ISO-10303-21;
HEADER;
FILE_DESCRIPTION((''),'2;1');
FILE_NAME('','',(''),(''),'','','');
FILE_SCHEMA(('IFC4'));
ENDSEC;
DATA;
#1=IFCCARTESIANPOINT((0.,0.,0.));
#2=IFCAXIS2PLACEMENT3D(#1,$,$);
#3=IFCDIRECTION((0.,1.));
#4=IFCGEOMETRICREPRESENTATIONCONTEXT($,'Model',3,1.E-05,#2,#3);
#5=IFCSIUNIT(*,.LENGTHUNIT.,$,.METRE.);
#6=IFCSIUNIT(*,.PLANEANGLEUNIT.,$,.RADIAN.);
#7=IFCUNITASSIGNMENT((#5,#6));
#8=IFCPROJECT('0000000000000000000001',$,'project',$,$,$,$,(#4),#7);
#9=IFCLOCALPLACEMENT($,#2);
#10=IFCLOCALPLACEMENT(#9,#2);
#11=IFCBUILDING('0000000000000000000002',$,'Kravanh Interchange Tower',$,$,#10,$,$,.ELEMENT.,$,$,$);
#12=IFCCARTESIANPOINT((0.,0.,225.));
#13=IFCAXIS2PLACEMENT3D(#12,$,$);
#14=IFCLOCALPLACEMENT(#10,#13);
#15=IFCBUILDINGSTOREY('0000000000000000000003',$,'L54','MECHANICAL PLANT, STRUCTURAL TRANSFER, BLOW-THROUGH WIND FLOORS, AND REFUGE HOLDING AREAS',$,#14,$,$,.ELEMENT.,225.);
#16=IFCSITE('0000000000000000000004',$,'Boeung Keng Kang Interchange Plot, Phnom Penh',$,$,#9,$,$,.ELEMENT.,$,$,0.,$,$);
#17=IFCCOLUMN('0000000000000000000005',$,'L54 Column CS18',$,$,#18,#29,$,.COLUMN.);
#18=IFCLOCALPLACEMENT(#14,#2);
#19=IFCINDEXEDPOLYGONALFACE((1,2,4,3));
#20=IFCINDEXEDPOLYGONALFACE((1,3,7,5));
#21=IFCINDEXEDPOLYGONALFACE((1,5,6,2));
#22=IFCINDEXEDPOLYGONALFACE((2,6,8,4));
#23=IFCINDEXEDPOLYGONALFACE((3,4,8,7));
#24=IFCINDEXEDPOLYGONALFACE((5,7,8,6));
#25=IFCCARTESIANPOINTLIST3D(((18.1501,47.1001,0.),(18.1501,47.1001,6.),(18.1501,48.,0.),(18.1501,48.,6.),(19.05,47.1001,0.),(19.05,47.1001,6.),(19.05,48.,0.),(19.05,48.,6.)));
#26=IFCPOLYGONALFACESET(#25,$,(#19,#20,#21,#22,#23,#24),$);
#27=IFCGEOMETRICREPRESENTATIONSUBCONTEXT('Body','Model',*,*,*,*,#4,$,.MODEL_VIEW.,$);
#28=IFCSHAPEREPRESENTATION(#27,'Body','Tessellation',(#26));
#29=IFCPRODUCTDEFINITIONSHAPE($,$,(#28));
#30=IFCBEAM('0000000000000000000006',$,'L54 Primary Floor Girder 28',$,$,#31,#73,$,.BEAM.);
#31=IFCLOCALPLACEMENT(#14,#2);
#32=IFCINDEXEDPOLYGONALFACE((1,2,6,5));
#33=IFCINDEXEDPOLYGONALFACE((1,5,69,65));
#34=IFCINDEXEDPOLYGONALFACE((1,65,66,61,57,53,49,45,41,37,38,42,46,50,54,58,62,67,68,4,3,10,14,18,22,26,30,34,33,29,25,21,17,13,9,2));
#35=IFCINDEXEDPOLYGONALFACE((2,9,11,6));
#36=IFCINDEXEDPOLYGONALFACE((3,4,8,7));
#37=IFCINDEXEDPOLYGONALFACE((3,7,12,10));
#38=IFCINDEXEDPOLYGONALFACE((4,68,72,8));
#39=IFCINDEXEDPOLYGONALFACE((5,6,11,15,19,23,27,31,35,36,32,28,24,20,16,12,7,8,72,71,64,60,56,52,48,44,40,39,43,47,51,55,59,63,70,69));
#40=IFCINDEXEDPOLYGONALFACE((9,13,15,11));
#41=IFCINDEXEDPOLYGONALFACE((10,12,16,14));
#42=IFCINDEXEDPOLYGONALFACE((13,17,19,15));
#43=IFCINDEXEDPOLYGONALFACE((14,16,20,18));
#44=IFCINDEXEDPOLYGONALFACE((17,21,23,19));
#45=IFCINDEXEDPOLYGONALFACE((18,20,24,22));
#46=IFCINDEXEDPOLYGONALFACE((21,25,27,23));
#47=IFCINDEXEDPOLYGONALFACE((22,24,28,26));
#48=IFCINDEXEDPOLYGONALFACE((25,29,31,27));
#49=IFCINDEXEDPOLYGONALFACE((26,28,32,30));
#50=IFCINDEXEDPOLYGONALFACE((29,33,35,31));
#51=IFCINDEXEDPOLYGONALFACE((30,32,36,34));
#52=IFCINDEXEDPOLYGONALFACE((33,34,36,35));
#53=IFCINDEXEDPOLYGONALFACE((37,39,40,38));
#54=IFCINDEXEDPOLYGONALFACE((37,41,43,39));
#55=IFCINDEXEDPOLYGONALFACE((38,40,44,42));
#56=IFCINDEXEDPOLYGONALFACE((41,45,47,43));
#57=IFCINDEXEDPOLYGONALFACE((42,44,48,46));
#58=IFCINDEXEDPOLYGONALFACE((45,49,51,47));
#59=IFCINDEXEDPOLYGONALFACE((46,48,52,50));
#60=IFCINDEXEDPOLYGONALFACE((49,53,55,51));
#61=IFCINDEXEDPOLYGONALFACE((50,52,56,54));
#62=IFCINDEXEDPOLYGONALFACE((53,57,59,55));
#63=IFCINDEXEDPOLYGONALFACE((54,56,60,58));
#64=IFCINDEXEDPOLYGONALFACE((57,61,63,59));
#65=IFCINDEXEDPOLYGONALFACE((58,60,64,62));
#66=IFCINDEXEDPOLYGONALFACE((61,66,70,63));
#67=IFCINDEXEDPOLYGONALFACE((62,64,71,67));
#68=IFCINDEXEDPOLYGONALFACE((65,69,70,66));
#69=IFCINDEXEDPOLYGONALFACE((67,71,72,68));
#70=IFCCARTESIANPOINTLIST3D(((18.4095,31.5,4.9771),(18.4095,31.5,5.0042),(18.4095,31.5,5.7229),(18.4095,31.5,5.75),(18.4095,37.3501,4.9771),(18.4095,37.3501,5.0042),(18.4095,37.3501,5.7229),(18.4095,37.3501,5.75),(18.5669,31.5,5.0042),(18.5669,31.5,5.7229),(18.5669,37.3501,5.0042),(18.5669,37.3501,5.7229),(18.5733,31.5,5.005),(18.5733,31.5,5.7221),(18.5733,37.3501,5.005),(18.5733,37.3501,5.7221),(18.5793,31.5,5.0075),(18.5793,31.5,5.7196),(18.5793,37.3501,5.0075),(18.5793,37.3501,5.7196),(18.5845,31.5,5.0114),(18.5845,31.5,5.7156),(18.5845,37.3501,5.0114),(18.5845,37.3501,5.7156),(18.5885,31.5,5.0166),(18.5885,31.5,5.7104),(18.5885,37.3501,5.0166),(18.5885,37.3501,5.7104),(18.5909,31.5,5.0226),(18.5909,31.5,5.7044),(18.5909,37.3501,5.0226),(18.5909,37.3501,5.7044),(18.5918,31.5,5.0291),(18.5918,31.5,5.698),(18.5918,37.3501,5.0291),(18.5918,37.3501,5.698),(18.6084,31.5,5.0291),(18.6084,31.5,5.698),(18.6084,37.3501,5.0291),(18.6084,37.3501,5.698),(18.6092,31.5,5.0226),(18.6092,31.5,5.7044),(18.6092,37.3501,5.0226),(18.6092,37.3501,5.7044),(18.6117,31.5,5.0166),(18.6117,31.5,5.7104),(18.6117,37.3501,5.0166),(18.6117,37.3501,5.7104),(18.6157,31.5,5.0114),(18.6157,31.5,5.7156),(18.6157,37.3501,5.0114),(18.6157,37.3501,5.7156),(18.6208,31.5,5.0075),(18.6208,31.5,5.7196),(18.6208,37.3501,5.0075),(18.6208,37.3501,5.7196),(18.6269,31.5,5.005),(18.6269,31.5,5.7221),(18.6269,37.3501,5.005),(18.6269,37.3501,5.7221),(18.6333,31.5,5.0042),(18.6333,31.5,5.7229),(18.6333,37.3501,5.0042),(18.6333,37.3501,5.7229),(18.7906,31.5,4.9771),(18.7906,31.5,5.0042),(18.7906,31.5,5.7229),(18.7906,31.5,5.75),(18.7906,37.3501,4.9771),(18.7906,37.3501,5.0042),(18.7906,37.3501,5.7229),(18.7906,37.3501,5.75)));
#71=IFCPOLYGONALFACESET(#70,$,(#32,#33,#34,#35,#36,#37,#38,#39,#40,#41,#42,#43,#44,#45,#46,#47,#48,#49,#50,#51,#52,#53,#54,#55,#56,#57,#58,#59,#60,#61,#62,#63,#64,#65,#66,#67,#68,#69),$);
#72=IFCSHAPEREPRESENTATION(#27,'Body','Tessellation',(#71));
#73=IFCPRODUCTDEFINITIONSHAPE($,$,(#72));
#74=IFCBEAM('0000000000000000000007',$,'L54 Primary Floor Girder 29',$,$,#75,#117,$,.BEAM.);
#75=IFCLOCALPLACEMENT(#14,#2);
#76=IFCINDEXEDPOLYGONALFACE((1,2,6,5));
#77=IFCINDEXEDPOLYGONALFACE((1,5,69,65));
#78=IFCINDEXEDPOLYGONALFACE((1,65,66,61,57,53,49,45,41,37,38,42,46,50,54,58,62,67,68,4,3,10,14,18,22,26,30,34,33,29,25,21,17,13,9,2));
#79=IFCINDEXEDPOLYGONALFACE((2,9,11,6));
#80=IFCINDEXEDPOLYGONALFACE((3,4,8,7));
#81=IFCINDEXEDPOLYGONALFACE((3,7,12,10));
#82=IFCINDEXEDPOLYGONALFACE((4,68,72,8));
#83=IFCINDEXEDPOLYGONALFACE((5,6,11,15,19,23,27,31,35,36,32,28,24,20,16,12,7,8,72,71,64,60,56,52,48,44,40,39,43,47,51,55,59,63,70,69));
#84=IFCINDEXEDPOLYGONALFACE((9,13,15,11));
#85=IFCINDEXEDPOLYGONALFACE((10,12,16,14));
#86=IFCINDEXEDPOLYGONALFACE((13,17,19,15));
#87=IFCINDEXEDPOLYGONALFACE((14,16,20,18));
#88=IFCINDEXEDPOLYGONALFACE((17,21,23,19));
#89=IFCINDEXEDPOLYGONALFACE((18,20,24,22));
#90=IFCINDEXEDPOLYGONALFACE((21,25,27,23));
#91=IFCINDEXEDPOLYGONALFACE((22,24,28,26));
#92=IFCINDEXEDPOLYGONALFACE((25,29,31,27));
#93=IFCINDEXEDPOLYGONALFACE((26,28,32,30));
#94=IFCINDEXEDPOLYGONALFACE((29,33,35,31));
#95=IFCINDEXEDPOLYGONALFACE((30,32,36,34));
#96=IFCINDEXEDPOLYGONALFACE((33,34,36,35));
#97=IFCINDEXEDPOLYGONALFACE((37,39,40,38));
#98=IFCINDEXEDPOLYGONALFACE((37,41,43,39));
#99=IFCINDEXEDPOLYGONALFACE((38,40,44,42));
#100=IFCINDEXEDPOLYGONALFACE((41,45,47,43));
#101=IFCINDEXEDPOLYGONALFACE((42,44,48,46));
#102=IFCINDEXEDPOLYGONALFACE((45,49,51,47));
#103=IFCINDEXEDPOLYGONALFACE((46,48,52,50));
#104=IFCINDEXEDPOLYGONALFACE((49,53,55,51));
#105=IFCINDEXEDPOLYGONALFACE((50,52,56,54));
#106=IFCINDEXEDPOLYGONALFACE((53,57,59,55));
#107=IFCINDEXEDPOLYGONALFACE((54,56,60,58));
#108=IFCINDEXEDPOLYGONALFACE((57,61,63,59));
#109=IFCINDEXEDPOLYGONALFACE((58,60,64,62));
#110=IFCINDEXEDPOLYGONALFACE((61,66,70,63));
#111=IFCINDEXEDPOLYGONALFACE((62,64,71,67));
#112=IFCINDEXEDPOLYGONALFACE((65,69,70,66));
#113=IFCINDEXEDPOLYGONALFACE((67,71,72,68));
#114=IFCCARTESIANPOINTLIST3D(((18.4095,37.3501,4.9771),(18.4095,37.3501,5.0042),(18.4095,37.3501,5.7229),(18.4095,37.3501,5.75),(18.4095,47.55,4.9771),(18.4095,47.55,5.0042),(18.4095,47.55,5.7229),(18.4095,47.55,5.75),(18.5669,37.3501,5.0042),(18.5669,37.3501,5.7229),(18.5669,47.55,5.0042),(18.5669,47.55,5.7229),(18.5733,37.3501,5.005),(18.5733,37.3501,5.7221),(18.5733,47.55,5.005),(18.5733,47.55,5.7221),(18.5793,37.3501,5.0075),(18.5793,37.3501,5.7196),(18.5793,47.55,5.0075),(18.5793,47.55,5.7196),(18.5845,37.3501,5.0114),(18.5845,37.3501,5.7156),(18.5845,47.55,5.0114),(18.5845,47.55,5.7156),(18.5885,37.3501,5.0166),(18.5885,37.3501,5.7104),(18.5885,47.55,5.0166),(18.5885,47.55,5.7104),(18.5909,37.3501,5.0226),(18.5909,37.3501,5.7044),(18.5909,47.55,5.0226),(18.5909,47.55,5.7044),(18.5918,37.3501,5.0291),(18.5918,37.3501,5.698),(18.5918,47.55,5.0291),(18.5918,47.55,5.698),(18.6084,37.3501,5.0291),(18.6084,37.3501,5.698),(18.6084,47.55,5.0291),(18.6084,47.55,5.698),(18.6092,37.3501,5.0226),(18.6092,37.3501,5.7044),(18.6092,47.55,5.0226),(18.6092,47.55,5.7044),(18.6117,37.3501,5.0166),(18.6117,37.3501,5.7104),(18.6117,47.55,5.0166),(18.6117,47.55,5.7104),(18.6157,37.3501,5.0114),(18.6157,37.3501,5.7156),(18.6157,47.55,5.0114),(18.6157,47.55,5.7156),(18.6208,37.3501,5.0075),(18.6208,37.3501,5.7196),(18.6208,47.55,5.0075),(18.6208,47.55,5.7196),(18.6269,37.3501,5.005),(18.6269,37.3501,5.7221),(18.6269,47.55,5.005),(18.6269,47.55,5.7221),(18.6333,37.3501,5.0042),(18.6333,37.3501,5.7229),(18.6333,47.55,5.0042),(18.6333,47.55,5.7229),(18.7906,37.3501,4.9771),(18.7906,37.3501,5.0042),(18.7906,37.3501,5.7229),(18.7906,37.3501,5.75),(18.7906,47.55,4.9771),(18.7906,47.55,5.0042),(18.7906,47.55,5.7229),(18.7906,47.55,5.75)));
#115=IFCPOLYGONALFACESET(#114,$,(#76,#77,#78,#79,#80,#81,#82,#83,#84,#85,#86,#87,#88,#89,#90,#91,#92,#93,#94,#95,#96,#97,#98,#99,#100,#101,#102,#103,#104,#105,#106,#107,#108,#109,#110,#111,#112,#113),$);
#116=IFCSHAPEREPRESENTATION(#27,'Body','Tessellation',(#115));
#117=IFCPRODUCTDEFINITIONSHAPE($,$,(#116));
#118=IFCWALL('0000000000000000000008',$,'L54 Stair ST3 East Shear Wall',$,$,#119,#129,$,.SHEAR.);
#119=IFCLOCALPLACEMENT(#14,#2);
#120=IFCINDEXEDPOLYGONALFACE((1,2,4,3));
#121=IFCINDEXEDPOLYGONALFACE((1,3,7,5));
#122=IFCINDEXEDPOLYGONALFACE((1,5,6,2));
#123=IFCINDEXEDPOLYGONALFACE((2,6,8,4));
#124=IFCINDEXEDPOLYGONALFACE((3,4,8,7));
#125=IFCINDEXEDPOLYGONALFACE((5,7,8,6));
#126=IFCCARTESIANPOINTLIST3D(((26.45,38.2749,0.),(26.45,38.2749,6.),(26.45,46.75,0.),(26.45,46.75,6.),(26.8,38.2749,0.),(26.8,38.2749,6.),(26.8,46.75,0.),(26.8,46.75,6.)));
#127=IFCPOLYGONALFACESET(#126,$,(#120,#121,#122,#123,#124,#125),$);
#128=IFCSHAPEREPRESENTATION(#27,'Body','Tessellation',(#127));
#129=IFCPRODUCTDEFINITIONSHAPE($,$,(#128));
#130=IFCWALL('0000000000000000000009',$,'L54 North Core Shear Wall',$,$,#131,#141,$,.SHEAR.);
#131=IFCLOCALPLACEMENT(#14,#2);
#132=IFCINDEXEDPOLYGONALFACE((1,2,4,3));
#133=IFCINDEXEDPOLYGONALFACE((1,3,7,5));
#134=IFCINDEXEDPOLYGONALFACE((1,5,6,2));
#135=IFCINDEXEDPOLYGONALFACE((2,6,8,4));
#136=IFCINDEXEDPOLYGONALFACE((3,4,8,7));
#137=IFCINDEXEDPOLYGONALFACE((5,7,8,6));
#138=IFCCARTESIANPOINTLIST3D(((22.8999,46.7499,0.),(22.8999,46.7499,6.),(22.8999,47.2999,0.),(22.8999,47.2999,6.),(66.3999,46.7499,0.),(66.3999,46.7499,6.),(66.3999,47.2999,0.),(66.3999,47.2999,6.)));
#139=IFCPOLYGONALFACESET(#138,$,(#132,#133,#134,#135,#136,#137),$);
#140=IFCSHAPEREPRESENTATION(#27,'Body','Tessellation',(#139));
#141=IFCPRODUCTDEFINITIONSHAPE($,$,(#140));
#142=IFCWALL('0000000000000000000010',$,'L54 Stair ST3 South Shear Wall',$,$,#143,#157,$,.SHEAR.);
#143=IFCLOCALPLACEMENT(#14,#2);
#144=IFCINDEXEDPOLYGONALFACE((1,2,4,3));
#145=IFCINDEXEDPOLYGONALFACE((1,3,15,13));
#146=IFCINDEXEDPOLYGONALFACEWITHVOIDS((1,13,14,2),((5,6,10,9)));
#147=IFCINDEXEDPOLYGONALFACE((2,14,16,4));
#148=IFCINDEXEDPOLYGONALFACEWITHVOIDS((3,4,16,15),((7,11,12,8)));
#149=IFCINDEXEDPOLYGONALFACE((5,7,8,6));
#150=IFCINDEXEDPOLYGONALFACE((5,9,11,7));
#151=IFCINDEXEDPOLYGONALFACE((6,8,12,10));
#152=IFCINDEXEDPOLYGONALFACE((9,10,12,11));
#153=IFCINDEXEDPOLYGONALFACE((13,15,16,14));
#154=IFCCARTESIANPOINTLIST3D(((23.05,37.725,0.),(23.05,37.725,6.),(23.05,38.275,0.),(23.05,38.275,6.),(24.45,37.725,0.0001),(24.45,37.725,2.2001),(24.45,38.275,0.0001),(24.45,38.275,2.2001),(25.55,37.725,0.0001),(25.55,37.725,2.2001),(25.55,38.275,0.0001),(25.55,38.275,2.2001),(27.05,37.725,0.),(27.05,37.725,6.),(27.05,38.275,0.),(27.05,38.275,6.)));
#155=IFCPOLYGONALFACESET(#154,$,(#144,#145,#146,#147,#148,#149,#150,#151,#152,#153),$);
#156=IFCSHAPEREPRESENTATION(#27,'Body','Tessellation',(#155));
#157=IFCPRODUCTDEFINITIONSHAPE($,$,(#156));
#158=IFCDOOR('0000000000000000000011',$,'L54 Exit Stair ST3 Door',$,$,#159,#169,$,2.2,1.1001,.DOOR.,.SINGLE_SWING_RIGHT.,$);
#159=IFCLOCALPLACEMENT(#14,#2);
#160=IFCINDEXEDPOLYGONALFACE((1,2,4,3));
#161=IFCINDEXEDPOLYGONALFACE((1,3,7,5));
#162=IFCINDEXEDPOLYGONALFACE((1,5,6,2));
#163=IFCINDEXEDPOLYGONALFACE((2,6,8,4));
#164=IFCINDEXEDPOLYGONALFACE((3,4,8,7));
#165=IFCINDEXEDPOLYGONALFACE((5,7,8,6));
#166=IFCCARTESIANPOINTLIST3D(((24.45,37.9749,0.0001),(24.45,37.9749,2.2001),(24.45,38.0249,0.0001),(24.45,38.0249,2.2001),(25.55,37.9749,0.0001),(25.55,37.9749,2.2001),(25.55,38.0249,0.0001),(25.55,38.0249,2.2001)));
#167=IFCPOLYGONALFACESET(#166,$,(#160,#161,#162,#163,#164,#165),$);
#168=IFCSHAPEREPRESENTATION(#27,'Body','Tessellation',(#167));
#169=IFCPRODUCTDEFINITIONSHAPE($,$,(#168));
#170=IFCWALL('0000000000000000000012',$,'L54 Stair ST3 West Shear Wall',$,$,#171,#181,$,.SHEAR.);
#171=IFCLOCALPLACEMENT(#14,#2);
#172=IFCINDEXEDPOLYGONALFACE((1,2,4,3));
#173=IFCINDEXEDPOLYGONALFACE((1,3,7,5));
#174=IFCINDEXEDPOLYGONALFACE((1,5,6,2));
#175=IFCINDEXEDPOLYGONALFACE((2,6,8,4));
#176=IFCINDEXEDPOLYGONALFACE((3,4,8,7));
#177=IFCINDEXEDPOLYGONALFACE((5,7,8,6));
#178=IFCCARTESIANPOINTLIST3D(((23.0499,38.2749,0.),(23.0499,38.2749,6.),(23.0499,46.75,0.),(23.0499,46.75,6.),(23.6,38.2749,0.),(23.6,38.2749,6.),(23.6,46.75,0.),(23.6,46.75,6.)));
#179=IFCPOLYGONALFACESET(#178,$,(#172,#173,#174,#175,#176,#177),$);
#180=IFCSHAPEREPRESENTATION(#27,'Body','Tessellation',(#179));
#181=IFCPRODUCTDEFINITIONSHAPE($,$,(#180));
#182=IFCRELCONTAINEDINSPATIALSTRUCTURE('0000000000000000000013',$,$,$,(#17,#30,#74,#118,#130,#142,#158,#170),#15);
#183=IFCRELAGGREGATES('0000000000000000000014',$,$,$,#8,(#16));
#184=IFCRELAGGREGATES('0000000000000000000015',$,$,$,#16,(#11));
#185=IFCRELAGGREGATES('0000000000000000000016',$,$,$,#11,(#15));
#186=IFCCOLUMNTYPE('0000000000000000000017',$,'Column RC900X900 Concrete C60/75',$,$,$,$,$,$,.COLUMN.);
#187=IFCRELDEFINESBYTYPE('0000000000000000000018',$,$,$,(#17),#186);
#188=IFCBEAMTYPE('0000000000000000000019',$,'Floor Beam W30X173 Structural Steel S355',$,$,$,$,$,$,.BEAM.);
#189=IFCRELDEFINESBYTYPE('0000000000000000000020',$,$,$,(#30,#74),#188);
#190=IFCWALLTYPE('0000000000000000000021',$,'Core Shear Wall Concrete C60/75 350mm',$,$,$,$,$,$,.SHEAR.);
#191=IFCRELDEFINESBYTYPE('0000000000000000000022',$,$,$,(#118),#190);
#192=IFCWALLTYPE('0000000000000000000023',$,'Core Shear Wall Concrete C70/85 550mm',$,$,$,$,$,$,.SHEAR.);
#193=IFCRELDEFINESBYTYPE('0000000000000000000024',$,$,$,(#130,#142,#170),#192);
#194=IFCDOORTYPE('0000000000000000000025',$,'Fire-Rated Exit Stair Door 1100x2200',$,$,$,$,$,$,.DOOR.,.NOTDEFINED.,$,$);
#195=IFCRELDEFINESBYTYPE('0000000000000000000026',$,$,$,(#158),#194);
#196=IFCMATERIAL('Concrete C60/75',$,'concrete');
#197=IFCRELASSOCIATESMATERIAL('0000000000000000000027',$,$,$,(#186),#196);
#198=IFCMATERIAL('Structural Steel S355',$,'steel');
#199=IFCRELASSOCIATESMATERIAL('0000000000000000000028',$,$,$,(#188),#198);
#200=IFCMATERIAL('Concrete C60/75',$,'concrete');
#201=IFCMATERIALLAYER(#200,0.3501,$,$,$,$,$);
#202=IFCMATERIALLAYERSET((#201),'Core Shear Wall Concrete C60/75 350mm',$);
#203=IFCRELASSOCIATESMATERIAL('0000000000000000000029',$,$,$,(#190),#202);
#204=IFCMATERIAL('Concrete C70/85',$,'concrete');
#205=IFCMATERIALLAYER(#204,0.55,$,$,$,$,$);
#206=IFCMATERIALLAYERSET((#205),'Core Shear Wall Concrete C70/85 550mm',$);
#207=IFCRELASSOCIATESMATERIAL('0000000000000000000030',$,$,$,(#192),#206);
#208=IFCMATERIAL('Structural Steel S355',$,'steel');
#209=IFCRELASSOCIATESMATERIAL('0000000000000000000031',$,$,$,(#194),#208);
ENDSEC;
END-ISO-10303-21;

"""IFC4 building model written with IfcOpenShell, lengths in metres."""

from ifc_helpers import new_model, si_unit, direction, frame, frame_2d, origin, origin_2d, place, context, subcontext, project, spatial, rectangle, i_section, extrude, material, layer, layer_set, material_profile, profile_set, type_object, element, fill, save


model = new_model("IFC4")

# Units and contexts
model_context = context("Model", 3, precision=1e-05, world=origin(), true_north=direction((0.0, 1.0)))
body_context = subcontext(model_context, "Body", "Model", "MODEL_VIEW")
ifc_project = project(units=[si_unit("LENGTHUNIT", "METRE"), si_unit("PLANEANGLEUNIT", "RADIAN")], contexts=[model_context])

# Site, building, storey
site_placement = place(None, origin())
site = spatial("IfcSite", under=ifc_project, at=site_placement, Name="Boeung Keng Kang Interchange Plot, Phnom Penh", CompositionType="ELEMENT", RefElevation=0.0)
building_placement = place(site_placement, origin())
building = spatial("IfcBuilding", under=site, at=building_placement, Name="Kravanh Interchange Tower", CompositionType="ELEMENT")
storey_placement = place(building_placement, frame((0.0, 0.0, 225.0)))
storey = spatial("IfcBuildingStorey", under=building, at=storey_placement, Name="L54", Description="MECHANICAL PLANT, STRUCTURAL TRANSFER, BLOW-THROUGH WIND FLOORS, AND REFUGE HOLDING AREAS", CompositionType="ELEMENT", Elevation=225.0)

# Column
ifc_material_1 = material(Name="Concrete C60/75", Category="concrete")
ifc_material_profile_1 = material_profile(ifc_material_1, rectangle(XDim=0.8999, YDim=0.8999, at=origin_2d()), Name="RC900X900")
ifc_profile_set_1 = profile_set([ifc_material_profile_1], Name="Concrete C60/75")
column_type = type_object("IfcColumnType", Name="Column RC900X900 Concrete C60/75", PredefinedType="COLUMN", material=ifc_profile_set_1)
column_placement = place(storey_placement, frame((18.6001, 47.55, 0.0), z_axis=(0.0, 0.0, 1.0), x_axis=(1.0, 0.0, 0.0)))
element("IfcColumn", 1, at=column_placement, inside=storey, type_object=column_type, Name="L54 Column CS18", PredefinedType="COLUMN", context=body_context, shape_type="SweptSolid", body=[
    extrude(rectangle(XDim=0.8999, YDim=0.8999, at=origin_2d()), origin(), (0.0, 0.0, 1.0), 6.0),
])

# Beams
ifc_material_2 = material(Name="Structural Steel S355", Category="steel")
ifc_material_profile_2 = material_profile(ifc_material_2, i_section(OverallWidth=0.3811, OverallDepth=0.7729, WebThickness=0.0166, FlangeThickness=0.0271, FilletRadius=0.0249, at=origin_2d()), Name="W30X173")
ifc_profile_set_2 = profile_set([ifc_material_profile_2], Name="Structural Steel S355")
beam_type = type_object("IfcBeamType", Name="Floor Beam W30X173 Structural Steel S355", PredefinedType="BEAM", material=ifc_profile_set_2)
beam_1_placement = place(storey_placement, frame((18.6001, 37.3501, 5.3635), z_axis=(0.0, -1.0, 0.0), x_axis=(1.0, 0.0, 0.0)))
element("IfcBeam", 2, at=beam_1_placement, inside=storey, type_object=beam_type, Name="L54 Primary Floor Girder 28", PredefinedType="BEAM", context=body_context, shape_type="SweptSolid", body=[
    extrude(i_section(OverallWidth=0.3811, OverallDepth=0.7729, WebThickness=0.0166, FlangeThickness=0.0271, FilletRadius=0.0249, at=origin_2d()), origin(), (0.0, 0.0, 1.0), 5.8501),
])
beam_2_placement = place(storey_placement, frame((18.6001, 37.3501, 5.3635), z_axis=(0.0, 1.0, 0.0), x_axis=(-1.0, 0.0, 0.0)))
element("IfcBeam", 3, at=beam_2_placement, inside=storey, type_object=beam_type, Name="L54 Primary Floor Girder 29", PredefinedType="BEAM", context=body_context, shape_type="SweptSolid", body=[
    extrude(i_section(OverallWidth=0.3811, OverallDepth=0.7729, WebThickness=0.0166, FlangeThickness=0.0271, FilletRadius=0.0249, at=origin_2d()), origin(), (0.0, 0.0, 1.0), 10.2),
])

# Walls
ifc_material_3 = material(Name="Concrete C60/75", Category="concrete")
ifc_layer_1 = layer(ifc_material_3, 0.3501)
ifc_layer_set_1 = layer_set([ifc_layer_1], Name="Core Shear Wall Concrete C60/75 350mm")
wall_type_1 = type_object("IfcWallType", Name="Core Shear Wall Concrete C60/75 350mm", PredefinedType="SHEAR", material=ifc_layer_set_1)
wall_1_placement = place(storey_placement, frame((26.625, 38.2749, 0.0), z_axis=(0.0, 0.0, 1.0), x_axis=(0.0, 1.0, 0.0)))
element("IfcWall", 4, at=wall_1_placement, inside=storey, type_object=wall_type_1, Name="L54 Stair ST3 East Shear Wall", PredefinedType="SHEAR", context=body_context, shape_type="SweptSolid", body=[
    extrude(rectangle(XDim=8.4751, YDim=0.3501, at=frame_2d((4.2375, 0.0))), origin(), (0.0, 0.0, 1.0), 6.0),
])
ifc_material_4 = material(Name="Concrete C70/85", Category="concrete")
ifc_layer_2 = layer(ifc_material_4, 0.55)
ifc_layer_set_2 = layer_set([ifc_layer_2], Name="Core Shear Wall Concrete C70/85 550mm")
wall_type_2 = type_object("IfcWallType", Name="Core Shear Wall Concrete C70/85 550mm", PredefinedType="SHEAR", material=ifc_layer_set_2)
wall_2_placement = place(storey_placement, frame((22.8999, 47.0249, 0.0), z_axis=(0.0, 0.0, 1.0), x_axis=(1.0, 0.0, 0.0)))
element("IfcWall", 5, at=wall_2_placement, inside=storey, type_object=wall_type_2, Name="L54 North Core Shear Wall", PredefinedType="SHEAR", context=body_context, shape_type="SweptSolid", body=[
    extrude(rectangle(XDim=43.5, YDim=0.55, at=frame_2d((21.75, 0.0))), origin(), (0.0, 0.0, 1.0), 6.0),
])

# Wall, opening, door
wall_3_placement = place(storey_placement, frame((23.05, 38.0, 0.0), z_axis=(0.0, 0.0, 1.0), x_axis=(1.0, 0.0, 0.0)))
wall_3 = element("IfcWall", 6, at=wall_3_placement, inside=storey, type_object=wall_type_2, Name="L54 Stair ST3 South Shear Wall", PredefinedType="SHEAR", context=body_context, shape_type="SweptSolid", body=[
    extrude(rectangle(XDim=4.0, YDim=0.55, at=frame_2d((2.0, 0.0))), origin(), (0.0, 0.0, 1.0), 6.0),
])
opening_1_placement = place(wall_3_placement, frame((1.3999, 0.0, 0.0)))
opening_1 = element("IfcOpeningElement", 7, at=opening_1_placement, cuts=wall_3, PredefinedType="OPENING", context=body_context, shape_type="SweptSolid", body=[
    extrude(rectangle(XDim=1.1001, YDim=2.2, at=frame_2d((0.55, 1.1001))), frame((0.0, 0.2852, 0.0), z_axis=(0.0, -1.0, 0.0), x_axis=(1.0, 0.0, 0.0)), (0.0, 0.0, 1.0), 0.5701),
])
ifc_material_5 = material(Name="Structural Steel S355", Category="steel")
door_type = type_object("IfcDoorType", Name="Fire-Rated Exit Stair Door 1100x2200", OperationType="NOTDEFINED", PredefinedType="DOOR", material=ifc_material_5)
door_1_placement = place(opening_1_placement, origin())
door_1 = element("IfcDoor", 8, at=door_1_placement, inside=storey, type_object=door_type, Name="L54 Exit Stair ST3 Door", OperationType="SINGLE_SWING_RIGHT", OverallHeight=2.2, OverallWidth=1.1001, PredefinedType="DOOR", context=body_context, shape_type="SweptSolid", body=[
    extrude(rectangle(XDim=1.1001, YDim=2.2, at=frame_2d((0.55, 1.1001))), frame((0.0, 0.0249, 0.0), z_axis=(0.0, -1.0, 0.0), x_axis=(1.0, 0.0, 0.0)), (0.0, 0.0, 1.0), 0.05),
])
fill(opening_1, door_1)

# Wall
wall_4_placement = place(storey_placement, frame((23.325, 38.2749, 0.0), z_axis=(0.0, 0.0, 1.0), x_axis=(0.0, 1.0, 0.0)))
element("IfcWall", 9, at=wall_4_placement, inside=storey, type_object=wall_type_2, Name="L54 Stair ST3 West Shear Wall", PredefinedType="SHEAR", context=body_context, shape_type="SweptSolid", body=[
    extrude(rectangle(XDim=8.4751, YDim=0.55, at=frame_2d((4.2375, 0.0))), origin(), (0.0, 0.0, 1.0), 6.0),
])

save(model, "model.ifc")
